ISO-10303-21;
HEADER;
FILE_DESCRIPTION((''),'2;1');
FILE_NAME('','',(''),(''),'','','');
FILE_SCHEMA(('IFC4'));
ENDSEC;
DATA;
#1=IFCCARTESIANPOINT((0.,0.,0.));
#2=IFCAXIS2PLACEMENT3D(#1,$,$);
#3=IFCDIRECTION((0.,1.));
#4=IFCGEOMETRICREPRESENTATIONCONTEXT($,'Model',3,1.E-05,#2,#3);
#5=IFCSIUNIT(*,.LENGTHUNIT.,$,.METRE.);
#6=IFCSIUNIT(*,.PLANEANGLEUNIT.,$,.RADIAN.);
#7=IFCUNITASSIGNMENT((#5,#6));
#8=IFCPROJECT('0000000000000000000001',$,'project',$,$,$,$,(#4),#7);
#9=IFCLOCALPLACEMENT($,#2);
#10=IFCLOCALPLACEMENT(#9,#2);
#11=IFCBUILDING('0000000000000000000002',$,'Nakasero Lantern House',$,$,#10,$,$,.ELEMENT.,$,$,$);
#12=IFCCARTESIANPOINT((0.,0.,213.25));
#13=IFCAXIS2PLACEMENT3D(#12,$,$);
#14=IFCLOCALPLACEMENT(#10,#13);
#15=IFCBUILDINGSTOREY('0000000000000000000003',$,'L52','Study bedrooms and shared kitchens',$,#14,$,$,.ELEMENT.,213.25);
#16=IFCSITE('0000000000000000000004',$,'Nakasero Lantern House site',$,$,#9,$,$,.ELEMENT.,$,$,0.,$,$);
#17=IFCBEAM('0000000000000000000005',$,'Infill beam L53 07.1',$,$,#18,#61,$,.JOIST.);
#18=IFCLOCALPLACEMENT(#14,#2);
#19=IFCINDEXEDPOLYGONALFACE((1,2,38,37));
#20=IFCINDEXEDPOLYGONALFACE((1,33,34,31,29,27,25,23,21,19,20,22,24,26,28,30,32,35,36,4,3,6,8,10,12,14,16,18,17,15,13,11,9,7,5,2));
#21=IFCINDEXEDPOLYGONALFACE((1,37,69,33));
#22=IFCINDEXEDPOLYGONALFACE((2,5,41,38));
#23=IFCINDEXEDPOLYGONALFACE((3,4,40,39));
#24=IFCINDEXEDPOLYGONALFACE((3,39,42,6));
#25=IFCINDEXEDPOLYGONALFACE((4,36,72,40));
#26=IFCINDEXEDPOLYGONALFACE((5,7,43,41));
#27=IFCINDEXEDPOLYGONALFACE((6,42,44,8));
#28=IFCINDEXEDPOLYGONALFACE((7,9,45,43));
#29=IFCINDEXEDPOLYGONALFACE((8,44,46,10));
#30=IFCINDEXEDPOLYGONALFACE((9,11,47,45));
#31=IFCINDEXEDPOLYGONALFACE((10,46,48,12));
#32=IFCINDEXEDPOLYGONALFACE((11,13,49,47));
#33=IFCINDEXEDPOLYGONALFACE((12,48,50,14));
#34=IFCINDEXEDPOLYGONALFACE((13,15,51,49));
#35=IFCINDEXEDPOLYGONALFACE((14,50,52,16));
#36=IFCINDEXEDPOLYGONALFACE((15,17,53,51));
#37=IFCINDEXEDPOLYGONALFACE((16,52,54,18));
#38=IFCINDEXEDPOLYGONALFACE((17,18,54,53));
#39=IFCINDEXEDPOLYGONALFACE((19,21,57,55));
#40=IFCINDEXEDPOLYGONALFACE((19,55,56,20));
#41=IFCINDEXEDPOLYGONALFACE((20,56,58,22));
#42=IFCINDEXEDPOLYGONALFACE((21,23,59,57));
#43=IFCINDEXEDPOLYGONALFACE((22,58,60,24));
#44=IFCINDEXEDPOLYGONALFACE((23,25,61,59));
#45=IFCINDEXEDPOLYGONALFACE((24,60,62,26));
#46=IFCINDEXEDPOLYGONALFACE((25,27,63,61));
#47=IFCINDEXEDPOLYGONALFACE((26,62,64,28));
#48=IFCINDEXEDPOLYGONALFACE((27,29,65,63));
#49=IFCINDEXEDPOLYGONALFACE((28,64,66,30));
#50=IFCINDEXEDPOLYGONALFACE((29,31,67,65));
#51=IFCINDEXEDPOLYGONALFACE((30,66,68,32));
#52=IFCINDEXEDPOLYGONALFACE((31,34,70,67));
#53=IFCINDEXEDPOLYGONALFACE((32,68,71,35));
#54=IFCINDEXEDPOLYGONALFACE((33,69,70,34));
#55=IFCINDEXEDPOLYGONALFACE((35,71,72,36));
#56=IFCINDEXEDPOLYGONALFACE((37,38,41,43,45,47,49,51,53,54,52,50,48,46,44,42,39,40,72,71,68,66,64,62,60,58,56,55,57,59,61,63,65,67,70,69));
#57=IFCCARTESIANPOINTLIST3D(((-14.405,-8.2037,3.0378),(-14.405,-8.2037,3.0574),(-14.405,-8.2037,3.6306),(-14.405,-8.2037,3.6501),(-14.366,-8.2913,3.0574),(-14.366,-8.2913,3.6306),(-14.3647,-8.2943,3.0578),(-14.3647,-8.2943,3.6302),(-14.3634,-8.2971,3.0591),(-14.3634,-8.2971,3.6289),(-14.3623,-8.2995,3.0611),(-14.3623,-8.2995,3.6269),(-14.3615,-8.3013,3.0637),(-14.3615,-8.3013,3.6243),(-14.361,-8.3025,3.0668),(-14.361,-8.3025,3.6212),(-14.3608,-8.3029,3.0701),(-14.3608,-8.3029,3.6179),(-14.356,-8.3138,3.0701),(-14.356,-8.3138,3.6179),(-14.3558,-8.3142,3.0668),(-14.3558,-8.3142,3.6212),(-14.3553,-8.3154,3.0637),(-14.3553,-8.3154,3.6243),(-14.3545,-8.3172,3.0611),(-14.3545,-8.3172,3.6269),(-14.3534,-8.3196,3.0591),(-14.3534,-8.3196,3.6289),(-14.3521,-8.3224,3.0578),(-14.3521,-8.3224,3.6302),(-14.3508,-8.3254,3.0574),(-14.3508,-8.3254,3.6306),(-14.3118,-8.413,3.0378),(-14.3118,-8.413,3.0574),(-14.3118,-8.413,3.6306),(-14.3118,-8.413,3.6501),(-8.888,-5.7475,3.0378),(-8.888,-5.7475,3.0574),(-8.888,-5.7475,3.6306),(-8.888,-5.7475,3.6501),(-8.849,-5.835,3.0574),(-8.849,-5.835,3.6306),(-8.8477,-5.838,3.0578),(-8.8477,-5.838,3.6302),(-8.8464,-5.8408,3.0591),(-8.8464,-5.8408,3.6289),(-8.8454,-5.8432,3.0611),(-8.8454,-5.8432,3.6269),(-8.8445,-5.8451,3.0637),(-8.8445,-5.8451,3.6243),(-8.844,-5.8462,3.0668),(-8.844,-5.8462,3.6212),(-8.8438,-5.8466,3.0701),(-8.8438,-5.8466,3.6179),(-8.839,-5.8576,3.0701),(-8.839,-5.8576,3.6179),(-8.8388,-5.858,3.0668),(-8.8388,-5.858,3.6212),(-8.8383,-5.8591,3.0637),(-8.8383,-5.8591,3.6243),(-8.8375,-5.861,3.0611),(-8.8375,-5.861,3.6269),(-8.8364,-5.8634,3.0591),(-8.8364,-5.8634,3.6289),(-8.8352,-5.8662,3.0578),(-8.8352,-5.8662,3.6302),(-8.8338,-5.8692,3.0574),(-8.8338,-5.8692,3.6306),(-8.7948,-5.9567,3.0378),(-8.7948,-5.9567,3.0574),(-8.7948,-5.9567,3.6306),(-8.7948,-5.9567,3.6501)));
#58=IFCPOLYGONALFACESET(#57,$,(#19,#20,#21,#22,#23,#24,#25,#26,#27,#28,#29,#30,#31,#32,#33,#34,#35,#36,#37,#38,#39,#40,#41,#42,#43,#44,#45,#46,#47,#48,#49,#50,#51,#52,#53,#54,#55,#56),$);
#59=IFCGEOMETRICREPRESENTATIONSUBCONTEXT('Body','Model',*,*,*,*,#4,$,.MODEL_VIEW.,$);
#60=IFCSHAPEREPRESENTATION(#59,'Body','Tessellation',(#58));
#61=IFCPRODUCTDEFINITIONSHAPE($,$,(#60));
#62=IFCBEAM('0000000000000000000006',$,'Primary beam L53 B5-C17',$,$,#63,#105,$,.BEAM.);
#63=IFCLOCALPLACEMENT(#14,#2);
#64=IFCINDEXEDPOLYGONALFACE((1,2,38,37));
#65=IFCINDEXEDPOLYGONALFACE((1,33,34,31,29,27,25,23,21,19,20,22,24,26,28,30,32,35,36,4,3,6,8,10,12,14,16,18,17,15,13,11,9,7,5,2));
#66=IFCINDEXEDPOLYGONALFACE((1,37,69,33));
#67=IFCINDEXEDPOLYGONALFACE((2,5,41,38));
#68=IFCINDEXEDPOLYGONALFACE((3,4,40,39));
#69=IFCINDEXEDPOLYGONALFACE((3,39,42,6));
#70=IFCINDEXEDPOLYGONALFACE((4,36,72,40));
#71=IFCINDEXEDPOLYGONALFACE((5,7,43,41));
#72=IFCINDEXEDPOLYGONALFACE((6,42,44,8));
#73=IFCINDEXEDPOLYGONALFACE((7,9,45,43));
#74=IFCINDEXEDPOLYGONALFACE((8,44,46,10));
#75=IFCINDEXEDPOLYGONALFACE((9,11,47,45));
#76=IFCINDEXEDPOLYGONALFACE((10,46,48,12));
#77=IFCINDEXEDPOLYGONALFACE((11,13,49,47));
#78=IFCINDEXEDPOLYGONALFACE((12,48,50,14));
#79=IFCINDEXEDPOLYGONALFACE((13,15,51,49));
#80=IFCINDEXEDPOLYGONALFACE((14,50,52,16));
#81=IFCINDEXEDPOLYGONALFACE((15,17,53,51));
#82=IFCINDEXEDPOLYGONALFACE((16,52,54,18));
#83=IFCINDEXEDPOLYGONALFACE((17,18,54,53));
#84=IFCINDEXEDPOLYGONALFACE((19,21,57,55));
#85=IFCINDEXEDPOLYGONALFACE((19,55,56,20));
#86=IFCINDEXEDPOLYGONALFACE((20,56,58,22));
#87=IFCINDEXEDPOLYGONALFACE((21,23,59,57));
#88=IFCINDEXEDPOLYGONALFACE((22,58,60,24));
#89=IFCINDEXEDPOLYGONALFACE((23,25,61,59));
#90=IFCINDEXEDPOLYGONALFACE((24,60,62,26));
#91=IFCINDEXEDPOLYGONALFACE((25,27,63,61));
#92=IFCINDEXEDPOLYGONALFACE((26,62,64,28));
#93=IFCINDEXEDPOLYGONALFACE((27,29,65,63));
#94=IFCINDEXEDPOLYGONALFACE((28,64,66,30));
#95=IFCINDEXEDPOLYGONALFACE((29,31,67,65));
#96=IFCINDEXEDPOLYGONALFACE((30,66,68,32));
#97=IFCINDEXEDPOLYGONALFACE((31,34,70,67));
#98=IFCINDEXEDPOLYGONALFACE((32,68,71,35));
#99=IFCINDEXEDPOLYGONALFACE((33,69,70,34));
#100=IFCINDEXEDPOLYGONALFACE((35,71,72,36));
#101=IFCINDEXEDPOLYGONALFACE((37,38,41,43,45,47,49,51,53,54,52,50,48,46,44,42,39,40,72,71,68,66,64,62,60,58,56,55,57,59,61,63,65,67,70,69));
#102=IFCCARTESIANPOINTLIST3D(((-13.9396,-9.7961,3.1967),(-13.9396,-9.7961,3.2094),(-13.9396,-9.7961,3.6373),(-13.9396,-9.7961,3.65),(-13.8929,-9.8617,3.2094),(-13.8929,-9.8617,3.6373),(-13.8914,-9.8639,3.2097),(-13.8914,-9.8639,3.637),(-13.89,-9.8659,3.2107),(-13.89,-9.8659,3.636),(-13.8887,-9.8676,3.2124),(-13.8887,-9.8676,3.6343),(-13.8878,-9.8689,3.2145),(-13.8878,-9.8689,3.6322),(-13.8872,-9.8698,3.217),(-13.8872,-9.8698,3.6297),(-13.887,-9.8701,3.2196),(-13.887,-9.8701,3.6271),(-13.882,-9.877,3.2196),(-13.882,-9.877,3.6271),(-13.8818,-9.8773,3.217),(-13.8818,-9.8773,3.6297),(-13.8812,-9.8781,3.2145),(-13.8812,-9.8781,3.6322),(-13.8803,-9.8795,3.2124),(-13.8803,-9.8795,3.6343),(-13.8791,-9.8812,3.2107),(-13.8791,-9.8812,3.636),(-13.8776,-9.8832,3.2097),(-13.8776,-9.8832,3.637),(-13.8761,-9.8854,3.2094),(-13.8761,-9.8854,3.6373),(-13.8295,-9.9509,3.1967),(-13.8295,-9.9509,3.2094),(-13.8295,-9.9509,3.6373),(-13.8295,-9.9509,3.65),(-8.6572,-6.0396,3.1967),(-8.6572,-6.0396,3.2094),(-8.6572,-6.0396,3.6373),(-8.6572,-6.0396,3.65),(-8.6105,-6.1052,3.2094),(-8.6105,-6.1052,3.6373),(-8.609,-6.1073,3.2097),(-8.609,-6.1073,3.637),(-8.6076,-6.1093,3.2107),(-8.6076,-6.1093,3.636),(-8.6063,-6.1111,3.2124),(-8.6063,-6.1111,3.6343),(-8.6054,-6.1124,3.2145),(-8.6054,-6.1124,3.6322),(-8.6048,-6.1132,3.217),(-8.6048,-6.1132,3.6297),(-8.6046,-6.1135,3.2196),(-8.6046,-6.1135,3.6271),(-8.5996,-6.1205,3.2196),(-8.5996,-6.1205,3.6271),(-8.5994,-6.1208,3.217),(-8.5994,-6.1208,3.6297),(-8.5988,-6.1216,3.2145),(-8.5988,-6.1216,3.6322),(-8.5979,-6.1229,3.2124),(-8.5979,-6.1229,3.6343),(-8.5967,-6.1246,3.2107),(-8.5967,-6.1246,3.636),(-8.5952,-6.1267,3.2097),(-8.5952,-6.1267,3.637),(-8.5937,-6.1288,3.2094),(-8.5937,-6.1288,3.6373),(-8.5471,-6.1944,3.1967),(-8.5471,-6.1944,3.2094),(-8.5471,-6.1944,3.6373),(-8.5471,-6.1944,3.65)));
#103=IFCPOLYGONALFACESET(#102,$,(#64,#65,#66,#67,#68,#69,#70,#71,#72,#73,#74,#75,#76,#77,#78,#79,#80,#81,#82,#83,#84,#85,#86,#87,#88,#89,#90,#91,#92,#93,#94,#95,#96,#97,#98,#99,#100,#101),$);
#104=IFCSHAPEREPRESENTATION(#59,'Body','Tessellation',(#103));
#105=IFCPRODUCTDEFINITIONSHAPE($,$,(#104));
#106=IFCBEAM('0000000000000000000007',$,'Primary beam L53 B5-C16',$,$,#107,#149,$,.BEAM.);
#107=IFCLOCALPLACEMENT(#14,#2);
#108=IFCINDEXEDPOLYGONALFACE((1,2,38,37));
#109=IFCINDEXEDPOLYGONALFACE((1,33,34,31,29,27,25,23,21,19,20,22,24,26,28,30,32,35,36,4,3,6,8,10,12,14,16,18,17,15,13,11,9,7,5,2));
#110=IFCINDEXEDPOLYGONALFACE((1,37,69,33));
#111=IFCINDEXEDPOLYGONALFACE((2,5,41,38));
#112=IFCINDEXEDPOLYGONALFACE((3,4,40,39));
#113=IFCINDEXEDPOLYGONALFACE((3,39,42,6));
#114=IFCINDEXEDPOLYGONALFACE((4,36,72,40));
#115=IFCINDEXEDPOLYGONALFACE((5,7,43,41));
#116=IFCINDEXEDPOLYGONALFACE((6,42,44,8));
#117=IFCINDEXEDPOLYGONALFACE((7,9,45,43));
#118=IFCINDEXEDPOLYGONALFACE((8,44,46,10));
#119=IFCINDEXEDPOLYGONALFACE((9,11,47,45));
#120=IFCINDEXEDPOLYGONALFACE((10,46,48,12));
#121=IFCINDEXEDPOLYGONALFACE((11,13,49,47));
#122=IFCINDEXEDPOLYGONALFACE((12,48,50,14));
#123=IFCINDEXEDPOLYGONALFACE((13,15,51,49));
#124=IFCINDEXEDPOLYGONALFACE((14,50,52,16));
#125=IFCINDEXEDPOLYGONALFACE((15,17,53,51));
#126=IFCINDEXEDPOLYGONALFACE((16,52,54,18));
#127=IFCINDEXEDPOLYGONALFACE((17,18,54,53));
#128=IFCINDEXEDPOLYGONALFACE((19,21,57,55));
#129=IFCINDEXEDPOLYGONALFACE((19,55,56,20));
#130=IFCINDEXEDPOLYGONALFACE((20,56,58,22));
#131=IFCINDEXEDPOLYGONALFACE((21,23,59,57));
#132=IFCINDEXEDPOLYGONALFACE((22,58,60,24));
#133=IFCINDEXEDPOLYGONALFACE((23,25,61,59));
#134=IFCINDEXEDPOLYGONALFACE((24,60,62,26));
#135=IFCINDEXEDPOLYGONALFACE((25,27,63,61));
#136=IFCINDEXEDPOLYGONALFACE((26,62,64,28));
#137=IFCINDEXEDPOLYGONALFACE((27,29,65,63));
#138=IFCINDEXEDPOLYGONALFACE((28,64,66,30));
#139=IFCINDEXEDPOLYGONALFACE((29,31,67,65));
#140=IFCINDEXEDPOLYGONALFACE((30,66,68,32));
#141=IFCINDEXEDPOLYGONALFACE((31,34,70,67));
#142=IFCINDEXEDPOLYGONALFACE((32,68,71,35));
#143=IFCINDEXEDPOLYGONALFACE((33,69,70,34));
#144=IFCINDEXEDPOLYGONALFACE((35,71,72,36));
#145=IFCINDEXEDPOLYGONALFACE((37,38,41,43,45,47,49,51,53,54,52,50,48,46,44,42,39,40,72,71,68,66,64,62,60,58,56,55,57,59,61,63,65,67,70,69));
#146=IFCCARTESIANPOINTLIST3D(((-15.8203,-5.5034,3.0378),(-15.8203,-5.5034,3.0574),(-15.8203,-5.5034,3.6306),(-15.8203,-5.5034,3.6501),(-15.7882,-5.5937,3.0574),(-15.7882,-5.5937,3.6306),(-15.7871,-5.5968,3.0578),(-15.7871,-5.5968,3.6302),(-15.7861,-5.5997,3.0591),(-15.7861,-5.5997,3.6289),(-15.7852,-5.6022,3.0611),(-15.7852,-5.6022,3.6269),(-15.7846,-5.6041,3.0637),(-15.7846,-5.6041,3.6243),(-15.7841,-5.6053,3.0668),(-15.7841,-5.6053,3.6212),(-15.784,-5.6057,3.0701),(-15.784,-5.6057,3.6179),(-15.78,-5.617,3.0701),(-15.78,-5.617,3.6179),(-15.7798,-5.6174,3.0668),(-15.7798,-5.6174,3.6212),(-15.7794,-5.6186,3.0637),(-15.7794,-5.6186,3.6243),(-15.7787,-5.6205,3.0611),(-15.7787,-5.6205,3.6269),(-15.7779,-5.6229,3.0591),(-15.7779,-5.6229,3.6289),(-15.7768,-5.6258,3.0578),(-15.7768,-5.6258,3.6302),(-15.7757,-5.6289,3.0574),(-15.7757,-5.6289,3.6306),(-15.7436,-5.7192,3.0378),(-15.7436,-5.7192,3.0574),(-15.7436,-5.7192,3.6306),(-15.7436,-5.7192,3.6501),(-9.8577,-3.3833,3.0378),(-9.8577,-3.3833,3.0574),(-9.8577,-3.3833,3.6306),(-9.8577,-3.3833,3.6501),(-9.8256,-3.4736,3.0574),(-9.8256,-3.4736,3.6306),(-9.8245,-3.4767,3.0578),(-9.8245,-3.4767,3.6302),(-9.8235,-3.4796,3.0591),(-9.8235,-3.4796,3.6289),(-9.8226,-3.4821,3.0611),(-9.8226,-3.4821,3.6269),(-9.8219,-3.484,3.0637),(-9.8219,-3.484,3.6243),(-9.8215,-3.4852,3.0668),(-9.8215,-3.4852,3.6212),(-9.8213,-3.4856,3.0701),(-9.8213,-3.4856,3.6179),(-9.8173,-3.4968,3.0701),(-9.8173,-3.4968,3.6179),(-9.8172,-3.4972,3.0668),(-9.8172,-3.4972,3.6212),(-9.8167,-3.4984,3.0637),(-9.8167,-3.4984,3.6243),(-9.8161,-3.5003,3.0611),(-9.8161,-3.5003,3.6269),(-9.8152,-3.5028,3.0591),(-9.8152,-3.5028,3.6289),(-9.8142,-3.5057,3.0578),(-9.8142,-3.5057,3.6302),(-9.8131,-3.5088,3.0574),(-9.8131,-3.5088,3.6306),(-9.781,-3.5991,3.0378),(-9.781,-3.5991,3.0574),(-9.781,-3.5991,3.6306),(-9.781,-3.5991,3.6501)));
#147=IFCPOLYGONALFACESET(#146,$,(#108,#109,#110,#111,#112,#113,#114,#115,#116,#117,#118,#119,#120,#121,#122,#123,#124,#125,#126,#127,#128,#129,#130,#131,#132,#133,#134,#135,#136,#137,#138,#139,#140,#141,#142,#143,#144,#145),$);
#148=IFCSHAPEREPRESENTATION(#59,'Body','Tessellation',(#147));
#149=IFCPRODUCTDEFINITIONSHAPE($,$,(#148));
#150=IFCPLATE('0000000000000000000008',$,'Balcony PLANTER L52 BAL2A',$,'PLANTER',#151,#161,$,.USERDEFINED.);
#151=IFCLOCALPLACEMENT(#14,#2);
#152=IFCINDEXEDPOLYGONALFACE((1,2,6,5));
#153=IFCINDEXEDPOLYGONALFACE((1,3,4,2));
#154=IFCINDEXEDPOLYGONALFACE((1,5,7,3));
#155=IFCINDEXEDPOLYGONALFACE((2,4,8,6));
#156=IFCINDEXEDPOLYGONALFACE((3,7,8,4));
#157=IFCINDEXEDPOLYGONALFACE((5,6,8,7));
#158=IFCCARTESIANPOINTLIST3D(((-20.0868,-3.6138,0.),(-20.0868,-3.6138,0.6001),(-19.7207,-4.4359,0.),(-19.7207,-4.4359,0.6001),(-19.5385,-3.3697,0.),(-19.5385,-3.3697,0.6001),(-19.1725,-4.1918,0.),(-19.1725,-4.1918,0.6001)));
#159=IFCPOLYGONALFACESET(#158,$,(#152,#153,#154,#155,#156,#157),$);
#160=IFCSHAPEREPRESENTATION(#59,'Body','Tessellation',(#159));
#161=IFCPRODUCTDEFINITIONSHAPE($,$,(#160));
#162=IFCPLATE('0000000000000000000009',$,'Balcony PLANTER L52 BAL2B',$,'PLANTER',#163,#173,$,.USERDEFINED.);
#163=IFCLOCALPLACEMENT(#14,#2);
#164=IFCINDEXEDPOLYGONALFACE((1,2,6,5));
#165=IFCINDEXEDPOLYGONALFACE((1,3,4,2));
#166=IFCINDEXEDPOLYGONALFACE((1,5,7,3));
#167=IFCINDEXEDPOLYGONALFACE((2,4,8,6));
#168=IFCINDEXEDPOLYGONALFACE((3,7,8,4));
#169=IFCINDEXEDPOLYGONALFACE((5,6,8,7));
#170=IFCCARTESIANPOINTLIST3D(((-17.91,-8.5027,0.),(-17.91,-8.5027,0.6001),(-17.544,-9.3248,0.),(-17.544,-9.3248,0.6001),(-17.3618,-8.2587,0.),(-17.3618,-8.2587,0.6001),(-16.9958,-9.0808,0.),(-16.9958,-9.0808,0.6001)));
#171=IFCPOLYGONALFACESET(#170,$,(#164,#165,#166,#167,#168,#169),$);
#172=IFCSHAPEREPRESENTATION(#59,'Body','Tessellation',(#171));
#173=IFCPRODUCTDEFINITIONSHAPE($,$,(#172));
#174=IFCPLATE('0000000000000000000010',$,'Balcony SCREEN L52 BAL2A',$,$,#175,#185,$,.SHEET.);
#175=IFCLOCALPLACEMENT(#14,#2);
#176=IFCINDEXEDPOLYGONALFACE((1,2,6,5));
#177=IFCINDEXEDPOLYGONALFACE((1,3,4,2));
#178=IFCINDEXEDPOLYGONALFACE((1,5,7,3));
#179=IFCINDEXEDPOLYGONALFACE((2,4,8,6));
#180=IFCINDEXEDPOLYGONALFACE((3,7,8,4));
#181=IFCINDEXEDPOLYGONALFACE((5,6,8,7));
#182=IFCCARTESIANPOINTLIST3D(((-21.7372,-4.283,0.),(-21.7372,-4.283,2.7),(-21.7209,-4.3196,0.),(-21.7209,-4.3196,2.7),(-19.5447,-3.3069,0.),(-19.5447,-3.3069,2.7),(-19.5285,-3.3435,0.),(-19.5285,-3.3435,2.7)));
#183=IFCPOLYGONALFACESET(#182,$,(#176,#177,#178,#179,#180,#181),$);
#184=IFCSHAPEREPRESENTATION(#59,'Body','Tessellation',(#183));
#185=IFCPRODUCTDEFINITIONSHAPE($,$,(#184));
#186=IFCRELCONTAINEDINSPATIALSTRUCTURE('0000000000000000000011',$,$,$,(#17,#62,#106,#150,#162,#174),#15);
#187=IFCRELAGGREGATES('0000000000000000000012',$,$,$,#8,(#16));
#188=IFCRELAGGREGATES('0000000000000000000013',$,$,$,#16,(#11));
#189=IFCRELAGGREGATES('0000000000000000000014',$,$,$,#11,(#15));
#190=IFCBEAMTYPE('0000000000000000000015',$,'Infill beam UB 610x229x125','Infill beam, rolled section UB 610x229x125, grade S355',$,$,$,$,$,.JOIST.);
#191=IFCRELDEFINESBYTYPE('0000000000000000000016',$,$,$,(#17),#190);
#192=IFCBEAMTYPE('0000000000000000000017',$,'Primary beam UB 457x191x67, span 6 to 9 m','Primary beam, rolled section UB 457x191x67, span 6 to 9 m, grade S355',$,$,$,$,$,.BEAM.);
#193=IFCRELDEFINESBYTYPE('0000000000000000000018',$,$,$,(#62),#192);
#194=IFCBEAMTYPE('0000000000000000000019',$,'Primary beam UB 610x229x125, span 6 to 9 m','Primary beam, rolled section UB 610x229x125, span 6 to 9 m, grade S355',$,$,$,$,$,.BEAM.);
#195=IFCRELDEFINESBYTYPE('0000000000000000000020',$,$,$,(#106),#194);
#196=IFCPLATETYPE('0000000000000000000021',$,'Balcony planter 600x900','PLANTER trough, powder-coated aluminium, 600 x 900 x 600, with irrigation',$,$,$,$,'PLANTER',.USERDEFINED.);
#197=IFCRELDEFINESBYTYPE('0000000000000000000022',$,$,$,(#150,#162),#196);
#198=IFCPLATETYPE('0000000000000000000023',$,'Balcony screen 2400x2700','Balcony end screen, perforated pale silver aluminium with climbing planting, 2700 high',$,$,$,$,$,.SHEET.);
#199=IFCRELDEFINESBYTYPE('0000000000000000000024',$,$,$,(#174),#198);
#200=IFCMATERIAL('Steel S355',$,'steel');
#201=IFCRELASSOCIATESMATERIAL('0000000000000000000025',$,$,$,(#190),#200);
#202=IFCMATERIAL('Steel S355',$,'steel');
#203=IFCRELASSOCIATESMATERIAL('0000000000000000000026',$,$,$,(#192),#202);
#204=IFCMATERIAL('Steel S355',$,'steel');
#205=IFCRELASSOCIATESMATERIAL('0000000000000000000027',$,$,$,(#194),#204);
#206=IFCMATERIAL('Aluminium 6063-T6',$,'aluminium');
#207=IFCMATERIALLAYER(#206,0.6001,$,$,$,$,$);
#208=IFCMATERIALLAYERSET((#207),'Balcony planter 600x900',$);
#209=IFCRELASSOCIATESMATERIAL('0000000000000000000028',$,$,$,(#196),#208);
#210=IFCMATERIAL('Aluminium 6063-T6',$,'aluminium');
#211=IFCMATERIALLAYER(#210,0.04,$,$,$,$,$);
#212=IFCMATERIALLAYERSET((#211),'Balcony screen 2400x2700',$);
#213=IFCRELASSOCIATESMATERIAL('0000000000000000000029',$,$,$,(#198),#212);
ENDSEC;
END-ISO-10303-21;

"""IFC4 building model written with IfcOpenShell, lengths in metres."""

from ifc_helpers import new_model, si_unit, direction, frame, origin, origin_2d, place, context, subcontext, project, spatial, rectangle, i_section, extrude, material, layer, layer_set, material_profile, profile_set, type_object, element, save


model = new_model("IFC4")

# Units and contexts
model_context = context("Model", 3, precision=1e-05, world=origin(), true_north=direction((0.0, 1.0)))
body_context = subcontext(model_context, "Body", "Model", "MODEL_VIEW")
ifc_project = project(units=[si_unit("LENGTHUNIT", "METRE"), si_unit("PLANEANGLEUNIT", "RADIAN")], contexts=[model_context])

# Site, building, storey
site_placement = place(None, origin())
site = spatial("IfcSite", under=ifc_project, at=site_placement, Name="Nakasero Lantern House site", CompositionType="ELEMENT", RefElevation=0.0)
building_placement = place(site_placement, origin())
building = spatial("IfcBuilding", under=site, at=building_placement, Name="Nakasero Lantern House", CompositionType="ELEMENT")
storey_placement = place(building_placement, frame((0.0, 0.0, 213.25)))
storey = spatial("IfcBuildingStorey", under=building, at=storey_placement, Name="L52", Description="Study bedrooms and shared kitchens", CompositionType="ELEMENT", Elevation=213.25)

# Beams
ifc_material_1 = material(Name="Steel S355", Category="steel")
ifc_material_profile_1 = material_profile(ifc_material_1, i_section(OverallWidth=0.229, OverallDepth=0.6123, WebThickness=0.012, FlangeThickness=0.0195, FilletRadius=0.0127, at=origin_2d()), Name="UB 610x229x125")
ifc_profile_set_1 = profile_set([ifc_material_profile_1], Name="Steel S355")
beam_type_1 = type_object("IfcBeamType", Name="Infill beam UB 610x229x125", Description="Infill beam, rolled section UB 610x229x125, grade S355", PredefinedType="JOIST", material=ifc_profile_set_1)
beam_1_placement = place(storey_placement, frame((-14.3584, -8.3083, 3.344), z_axis=(0.91355, 0.406727, 0.0), x_axis=(-0.406727, 0.91355, 0.0)))
element("IfcBeam", 1, at=beam_1_placement, inside=storey, type_object=beam_type_1, Name="Infill beam L53 07.1", PredefinedType="JOIST", context=body_context, shape_type="SweptSolid", body=[
    extrude(i_section(OverallWidth=0.229, OverallDepth=0.6123, WebThickness=0.012, FlangeThickness=0.0195, FilletRadius=0.0127, at=origin_2d()), origin(), (0.0, 0.0, 1.0), 6.0391),
])
ifc_material_2 = material(Name="Steel S355", Category="steel")
ifc_material_profile_2 = material_profile(ifc_material_2, i_section(OverallWidth=0.1899, OverallDepth=0.4534, WebThickness=0.0085, FlangeThickness=0.0127, FilletRadius=0.0103, at=origin_2d()), Name="UB 457x191x67")
ifc_profile_set_2 = profile_set([ifc_material_profile_2], Name="Steel S355")
beam_type_2 = type_object("IfcBeamType", Name="Primary beam UB 457x191x67, span 6 to 9 m", Description="Primary beam, rolled section UB 457x191x67, span 6 to 9 m, grade S355", PredefinedType="BEAM", material=ifc_profile_set_2)
beam_2_placement = place(storey_placement, frame((-13.8845, -9.8735, 3.4233), z_axis=(0.814943, 0.579541, 0.0), x_axis=(-0.579541, 0.814943, 0.0)))
element("IfcBeam", 2, at=beam_2_placement, inside=storey, type_object=beam_type_2, Name="Primary beam L53 B5-C17", PredefinedType="BEAM", context=body_context, shape_type="SweptSolid", body=[
    extrude(i_section(OverallWidth=0.1899, OverallDepth=0.4534, WebThickness=0.0085, FlangeThickness=0.0127, FilletRadius=0.0103, at=origin_2d()), origin(), (0.0, 0.0, 1.0), 6.4819),
])
ifc_material_3 = material(Name="Steel S355", Category="steel")
ifc_material_profile_3 = material_profile(ifc_material_3, i_section(OverallWidth=0.229, OverallDepth=0.6123, WebThickness=0.012, FlangeThickness=0.0195, FilletRadius=0.0127, at=origin_2d()), Name="UB 610x229x125")
ifc_profile_set_3 = profile_set([ifc_material_profile_3], Name="Steel S355")
beam_type_3 = type_object("IfcBeamType", Name="Primary beam UB 610x229x125, span 6 to 9 m", Description="Primary beam, rolled section UB 610x229x125, span 6 to 9 m, grade S355", PredefinedType="BEAM", material=ifc_profile_set_3)
beam_3_placement = place(storey_placement, frame((-15.782, -5.6113, 3.344), z_axis=(0.942211, 0.335019, 0.0), x_axis=(-0.335019, 0.942211, 0.0)))
element("IfcBeam", 3, at=beam_3_placement, inside=storey, type_object=beam_type_3, Name="Primary beam L53 B5-C16", PredefinedType="BEAM", context=body_context, shape_type="SweptSolid", body=[
    extrude(i_section(OverallWidth=0.229, OverallDepth=0.6123, WebThickness=0.012, FlangeThickness=0.0195, FilletRadius=0.0127, at=origin_2d()), origin(), (0.0, 0.0, 1.0), 6.3284),
])

# Plates
ifc_material_4 = material(Name="Aluminium 6063-T6", Category="aluminium")
ifc_layer_1 = layer(ifc_material_4, 0.6001)
ifc_layer_set_1 = layer_set([ifc_layer_1], Name="Balcony planter 600x900")
plate_type_1 = type_object("IfcPlateType", Name="Balcony planter 600x900", Description="PLANTER trough, powder-coated aluminium, 600 x 900 x 600, with irrigation", ElementType="PLANTER", PredefinedType="USERDEFINED", material=ifc_layer_set_1)
for number, where, z_axis, x_axis, name in (
    (4, (-19.6296, -3.9028, 0.0), (0.0, 0.0, 1.0), (-0.913545, -0.406737, 0.0), "Balcony PLANTER L52 BAL2A"),
    (5, (-17.4529, -8.7917, 0.0), (0.0, 0.0, 1.0), (-0.913545, -0.406737, 0.0), "Balcony PLANTER L52 BAL2B"),
):
    element("IfcPlate", number, at=place(storey_placement, frame(where, z_axis=z_axis, x_axis=x_axis)), inside=storey, type_object=plate_type_1, Name=name, ObjectType="PLANTER", PredefinedType="USERDEFINED", context=body_context, shape_type="SweptSolid", body=[
        extrude(rectangle(XDim=0.6001, YDim=0.8999, at=origin_2d()), origin(), (0.0, 0.0, 1.0), 0.6001),
    ])
ifc_material_5 = material(Name="Aluminium 6063-T6", Category="aluminium")
ifc_layer_2 = layer(ifc_material_5, 0.04)
ifc_layer_set_2 = layer_set([ifc_layer_2], Name="Balcony screen 2400x2700")
plate_type_2 = type_object("IfcPlateType", Name="Balcony screen 2400x2700", Description="Balcony end screen, perforated pale silver aluminium with climbing planting, 2700 high", PredefinedType="SHEET", material=ifc_layer_set_2)
for number, where, z_axis, x_axis, name in (
    (6, (-20.6328, -3.8132, 0.0), (0.0, 0.0, 1.0), (-0.913545, -0.406737, 0.0), "Balcony SCREEN L52 BAL2A"),
):
    element("IfcPlate", number, at=place(storey_placement, frame(where, z_axis=z_axis, x_axis=x_axis)), inside=storey, type_object=plate_type_2, Name=name, PredefinedType="SHEET", context=body_context, shape_type="SweptSolid", body=[
        extrude(rectangle(XDim=2.3999, YDim=0.04, at=origin_2d()), origin(), (0.0, 0.0, 1.0), 2.7),
    ])

save(model, "model.ifc")
